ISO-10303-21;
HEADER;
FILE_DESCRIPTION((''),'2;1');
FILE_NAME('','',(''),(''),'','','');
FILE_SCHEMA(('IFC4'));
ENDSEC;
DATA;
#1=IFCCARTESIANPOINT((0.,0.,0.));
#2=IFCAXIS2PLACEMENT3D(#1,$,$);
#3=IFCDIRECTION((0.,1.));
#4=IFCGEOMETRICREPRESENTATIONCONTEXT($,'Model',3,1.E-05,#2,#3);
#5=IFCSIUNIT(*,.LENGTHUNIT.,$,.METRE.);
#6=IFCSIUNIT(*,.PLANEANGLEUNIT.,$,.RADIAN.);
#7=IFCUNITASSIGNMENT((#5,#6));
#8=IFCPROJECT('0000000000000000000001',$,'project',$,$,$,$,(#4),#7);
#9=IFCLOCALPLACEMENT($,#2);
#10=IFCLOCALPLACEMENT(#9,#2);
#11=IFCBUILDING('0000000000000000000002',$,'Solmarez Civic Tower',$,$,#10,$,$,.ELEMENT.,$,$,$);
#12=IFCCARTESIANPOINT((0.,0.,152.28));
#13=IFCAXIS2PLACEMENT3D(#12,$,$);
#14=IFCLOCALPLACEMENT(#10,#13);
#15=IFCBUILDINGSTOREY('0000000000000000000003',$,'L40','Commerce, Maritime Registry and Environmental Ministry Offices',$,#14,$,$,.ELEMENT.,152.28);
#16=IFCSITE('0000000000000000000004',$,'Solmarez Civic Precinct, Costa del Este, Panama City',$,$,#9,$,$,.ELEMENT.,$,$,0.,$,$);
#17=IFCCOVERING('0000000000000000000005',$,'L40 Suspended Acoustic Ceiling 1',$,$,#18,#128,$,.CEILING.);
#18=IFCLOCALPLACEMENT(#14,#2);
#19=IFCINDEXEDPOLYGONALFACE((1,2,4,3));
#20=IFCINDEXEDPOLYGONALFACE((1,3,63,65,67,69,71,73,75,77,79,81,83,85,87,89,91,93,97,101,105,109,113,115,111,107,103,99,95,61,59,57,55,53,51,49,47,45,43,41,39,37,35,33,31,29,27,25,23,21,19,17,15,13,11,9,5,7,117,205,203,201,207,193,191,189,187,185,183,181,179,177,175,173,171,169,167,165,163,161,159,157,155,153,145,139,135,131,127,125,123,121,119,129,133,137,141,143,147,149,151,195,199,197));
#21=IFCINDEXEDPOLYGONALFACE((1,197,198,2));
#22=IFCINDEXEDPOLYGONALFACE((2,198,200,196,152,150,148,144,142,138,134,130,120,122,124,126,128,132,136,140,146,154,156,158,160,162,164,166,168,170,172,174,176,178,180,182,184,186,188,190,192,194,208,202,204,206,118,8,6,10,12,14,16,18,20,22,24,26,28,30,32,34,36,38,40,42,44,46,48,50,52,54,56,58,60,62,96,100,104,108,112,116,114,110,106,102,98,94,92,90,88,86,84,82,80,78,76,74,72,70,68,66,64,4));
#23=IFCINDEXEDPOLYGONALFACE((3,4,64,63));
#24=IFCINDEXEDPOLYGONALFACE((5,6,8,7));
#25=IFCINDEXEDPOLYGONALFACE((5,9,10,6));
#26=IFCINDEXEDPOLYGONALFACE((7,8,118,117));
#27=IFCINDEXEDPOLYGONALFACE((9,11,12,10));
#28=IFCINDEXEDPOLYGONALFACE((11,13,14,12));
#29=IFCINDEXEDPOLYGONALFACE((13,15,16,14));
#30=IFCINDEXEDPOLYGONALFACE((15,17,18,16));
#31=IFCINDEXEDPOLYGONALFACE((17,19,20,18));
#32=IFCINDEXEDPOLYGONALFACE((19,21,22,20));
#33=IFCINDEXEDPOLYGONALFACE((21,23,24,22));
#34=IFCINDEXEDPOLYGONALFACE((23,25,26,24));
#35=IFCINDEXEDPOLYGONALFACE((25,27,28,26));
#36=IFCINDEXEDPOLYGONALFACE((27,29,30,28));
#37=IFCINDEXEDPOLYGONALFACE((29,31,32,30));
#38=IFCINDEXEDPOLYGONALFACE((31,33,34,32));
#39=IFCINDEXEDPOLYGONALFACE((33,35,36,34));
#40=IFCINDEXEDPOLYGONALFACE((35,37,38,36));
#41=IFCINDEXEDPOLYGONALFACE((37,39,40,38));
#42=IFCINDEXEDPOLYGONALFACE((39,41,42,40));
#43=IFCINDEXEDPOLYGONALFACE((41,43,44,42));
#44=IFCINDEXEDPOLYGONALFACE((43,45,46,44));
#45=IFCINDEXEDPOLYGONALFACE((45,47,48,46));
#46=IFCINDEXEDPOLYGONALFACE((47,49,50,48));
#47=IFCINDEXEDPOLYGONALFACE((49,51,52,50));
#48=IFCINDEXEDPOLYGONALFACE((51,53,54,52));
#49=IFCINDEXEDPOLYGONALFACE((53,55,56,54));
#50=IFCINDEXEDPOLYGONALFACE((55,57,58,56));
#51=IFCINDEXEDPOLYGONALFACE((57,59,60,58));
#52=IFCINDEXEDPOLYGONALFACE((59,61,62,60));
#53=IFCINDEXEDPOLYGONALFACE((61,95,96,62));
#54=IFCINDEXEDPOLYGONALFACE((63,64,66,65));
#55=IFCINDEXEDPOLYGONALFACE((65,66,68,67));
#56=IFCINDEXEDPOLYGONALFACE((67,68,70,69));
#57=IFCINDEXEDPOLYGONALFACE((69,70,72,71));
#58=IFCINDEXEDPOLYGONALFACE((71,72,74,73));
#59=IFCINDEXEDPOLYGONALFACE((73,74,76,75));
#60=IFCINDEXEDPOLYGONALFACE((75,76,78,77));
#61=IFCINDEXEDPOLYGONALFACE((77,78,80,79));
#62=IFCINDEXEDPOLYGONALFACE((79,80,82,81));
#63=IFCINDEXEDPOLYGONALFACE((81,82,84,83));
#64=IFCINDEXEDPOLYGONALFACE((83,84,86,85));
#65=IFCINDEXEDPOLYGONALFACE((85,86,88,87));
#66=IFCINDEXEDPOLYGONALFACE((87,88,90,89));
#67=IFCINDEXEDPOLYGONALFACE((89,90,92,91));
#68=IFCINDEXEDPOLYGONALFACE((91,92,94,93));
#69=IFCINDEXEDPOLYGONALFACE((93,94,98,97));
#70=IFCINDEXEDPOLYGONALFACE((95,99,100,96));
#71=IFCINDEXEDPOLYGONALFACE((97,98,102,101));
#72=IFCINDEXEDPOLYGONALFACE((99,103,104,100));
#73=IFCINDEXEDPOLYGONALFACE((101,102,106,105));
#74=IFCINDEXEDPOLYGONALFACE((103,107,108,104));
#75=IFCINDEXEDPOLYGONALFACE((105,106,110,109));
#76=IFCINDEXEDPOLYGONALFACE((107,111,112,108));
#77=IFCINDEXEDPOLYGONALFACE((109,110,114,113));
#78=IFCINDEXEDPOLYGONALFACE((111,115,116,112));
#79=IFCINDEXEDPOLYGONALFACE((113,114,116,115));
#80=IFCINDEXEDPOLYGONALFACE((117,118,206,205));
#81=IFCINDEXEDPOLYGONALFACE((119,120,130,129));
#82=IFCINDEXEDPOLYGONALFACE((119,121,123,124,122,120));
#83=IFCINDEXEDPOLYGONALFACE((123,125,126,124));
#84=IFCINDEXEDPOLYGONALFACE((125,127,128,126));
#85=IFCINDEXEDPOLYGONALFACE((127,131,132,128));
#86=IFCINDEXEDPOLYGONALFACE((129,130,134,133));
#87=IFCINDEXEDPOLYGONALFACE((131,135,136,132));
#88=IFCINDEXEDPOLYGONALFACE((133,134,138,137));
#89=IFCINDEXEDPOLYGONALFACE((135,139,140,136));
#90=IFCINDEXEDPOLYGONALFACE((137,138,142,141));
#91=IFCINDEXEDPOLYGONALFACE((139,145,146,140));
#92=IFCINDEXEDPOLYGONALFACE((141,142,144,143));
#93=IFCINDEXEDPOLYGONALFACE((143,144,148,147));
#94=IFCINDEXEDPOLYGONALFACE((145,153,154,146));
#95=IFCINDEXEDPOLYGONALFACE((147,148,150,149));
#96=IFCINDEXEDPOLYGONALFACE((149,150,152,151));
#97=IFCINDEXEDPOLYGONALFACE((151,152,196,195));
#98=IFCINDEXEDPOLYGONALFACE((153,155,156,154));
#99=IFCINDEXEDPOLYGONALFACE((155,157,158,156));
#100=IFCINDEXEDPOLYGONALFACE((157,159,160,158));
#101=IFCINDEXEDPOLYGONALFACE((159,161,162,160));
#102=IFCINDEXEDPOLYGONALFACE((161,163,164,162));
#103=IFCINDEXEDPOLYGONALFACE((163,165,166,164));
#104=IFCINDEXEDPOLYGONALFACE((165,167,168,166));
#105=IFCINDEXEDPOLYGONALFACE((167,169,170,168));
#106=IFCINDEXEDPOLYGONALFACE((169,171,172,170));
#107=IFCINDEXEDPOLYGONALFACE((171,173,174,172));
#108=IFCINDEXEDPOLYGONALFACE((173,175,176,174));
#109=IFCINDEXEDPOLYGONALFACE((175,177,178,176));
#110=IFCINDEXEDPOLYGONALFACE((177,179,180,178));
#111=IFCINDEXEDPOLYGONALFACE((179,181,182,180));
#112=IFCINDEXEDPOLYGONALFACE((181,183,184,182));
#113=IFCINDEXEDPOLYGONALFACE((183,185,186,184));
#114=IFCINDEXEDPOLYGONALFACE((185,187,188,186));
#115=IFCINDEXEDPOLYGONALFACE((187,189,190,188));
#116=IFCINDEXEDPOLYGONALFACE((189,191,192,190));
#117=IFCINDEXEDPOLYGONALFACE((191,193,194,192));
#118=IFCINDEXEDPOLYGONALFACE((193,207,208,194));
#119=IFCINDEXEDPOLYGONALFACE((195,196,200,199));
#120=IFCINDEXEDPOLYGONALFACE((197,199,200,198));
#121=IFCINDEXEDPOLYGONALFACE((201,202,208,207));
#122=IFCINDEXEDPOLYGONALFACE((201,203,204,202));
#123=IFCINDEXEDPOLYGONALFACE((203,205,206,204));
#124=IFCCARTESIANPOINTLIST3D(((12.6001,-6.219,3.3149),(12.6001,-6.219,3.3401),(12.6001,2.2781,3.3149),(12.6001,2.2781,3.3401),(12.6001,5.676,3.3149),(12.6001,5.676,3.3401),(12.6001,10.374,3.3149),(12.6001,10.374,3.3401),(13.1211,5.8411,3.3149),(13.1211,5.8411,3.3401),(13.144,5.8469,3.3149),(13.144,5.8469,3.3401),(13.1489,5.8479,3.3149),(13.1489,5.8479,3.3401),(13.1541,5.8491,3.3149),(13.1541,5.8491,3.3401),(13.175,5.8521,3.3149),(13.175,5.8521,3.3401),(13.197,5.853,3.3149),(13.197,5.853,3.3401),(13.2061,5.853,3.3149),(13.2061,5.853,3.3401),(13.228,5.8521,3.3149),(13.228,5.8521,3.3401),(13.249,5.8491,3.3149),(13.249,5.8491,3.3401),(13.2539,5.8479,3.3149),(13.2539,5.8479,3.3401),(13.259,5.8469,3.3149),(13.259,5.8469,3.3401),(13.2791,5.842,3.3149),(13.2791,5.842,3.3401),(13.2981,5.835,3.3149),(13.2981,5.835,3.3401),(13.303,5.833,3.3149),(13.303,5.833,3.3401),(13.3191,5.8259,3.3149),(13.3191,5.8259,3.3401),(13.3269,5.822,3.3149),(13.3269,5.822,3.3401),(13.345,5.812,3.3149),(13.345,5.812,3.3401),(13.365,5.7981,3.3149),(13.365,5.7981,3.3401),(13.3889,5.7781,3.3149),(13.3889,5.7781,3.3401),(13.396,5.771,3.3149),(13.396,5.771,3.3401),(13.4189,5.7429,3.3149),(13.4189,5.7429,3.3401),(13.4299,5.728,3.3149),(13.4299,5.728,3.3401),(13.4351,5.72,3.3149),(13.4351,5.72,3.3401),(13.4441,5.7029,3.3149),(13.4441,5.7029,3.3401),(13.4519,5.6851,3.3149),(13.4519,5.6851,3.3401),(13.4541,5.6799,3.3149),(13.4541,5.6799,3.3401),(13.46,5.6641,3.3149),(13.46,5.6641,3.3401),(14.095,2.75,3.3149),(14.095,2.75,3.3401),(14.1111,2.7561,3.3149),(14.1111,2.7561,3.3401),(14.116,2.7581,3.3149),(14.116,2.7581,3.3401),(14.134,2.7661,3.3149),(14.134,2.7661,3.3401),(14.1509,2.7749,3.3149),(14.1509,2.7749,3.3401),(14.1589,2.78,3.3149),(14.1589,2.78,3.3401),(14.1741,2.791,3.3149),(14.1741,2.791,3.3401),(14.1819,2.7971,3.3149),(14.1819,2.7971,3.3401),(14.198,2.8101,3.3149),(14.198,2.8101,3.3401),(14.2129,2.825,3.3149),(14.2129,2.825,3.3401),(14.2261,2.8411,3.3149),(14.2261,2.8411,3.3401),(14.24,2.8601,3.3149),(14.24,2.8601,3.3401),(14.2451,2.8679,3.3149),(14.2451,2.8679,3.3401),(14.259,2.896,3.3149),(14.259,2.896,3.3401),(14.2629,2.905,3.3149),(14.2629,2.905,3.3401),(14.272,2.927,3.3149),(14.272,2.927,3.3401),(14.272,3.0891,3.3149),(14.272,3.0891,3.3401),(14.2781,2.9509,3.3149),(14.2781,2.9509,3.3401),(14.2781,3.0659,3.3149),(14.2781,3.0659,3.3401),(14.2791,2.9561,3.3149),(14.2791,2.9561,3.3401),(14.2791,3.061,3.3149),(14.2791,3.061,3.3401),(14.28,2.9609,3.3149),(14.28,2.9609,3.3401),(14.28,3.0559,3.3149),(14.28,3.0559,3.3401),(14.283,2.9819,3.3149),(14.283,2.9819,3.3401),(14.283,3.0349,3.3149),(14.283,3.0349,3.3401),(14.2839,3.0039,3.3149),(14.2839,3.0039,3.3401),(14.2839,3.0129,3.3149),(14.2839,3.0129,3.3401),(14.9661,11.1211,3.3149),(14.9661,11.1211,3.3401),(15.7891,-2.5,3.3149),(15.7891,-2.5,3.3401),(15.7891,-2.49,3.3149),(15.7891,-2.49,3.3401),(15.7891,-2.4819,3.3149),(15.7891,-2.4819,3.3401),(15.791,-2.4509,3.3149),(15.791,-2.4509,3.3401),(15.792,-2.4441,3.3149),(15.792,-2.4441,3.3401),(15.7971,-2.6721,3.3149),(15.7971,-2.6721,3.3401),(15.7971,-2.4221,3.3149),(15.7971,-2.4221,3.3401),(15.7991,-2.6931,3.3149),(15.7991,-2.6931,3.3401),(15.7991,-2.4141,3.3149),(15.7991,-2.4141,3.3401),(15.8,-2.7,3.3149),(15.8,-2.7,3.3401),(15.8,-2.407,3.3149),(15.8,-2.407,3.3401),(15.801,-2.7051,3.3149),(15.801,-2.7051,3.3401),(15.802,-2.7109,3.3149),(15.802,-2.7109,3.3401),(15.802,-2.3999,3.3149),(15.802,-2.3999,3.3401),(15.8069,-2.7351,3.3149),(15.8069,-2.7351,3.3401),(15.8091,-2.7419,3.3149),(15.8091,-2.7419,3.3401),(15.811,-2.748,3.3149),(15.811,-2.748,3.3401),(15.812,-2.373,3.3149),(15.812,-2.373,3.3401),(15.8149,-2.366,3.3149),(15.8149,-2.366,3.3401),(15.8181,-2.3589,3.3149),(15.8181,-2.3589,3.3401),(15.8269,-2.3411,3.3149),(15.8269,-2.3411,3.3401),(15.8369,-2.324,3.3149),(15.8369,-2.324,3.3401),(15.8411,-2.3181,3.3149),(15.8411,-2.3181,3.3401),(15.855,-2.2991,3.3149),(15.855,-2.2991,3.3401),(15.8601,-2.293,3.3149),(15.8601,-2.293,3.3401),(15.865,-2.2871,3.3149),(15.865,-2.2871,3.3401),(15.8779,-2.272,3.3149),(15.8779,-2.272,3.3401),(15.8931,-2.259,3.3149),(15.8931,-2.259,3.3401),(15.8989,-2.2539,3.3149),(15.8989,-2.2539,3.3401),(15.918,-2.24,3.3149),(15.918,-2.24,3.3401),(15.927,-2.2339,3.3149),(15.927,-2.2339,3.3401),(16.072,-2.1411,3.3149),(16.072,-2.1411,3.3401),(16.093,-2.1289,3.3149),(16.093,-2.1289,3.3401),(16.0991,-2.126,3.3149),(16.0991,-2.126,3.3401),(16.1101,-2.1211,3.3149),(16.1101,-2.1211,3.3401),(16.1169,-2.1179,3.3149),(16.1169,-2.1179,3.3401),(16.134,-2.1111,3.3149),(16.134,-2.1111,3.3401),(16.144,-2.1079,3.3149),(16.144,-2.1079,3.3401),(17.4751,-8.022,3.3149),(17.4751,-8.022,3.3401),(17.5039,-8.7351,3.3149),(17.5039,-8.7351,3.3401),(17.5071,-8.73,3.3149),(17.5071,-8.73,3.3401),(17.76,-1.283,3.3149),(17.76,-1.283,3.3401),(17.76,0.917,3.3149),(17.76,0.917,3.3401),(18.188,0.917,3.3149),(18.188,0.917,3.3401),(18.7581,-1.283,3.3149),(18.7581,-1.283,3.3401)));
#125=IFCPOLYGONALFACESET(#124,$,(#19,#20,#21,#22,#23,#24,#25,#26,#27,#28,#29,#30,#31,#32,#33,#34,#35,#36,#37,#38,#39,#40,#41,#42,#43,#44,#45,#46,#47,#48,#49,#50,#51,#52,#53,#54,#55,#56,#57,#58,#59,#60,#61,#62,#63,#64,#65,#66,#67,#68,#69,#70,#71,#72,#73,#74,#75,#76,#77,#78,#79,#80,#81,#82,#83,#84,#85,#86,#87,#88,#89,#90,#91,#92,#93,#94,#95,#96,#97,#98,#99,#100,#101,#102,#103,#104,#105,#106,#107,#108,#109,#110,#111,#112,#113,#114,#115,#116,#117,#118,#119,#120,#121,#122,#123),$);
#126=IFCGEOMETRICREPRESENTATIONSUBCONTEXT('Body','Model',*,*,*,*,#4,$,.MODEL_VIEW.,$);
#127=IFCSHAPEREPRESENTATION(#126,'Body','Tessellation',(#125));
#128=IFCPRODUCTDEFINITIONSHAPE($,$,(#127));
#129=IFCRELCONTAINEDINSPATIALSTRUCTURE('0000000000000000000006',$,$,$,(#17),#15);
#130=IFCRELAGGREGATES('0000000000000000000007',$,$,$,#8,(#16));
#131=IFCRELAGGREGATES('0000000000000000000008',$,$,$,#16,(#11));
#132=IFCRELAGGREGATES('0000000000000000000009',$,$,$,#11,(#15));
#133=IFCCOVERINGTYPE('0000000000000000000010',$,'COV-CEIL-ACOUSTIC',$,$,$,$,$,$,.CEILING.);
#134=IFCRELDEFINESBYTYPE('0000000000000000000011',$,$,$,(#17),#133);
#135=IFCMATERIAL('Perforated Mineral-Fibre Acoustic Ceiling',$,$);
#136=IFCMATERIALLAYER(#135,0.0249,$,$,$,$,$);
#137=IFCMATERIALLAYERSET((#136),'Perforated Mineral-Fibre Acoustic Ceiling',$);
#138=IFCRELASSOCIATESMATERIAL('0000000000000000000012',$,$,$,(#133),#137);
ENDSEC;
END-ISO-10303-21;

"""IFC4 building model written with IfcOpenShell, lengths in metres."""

from ifc_helpers import new_model, si_unit, direction, frame, origin, place, context, subcontext, project, spatial, polyline, outline, extrude, material, layer, layer_set, type_object, element, save


model = new_model("IFC4")

# Units and contexts
model_context = context("Model", 3, precision=1e-05, world=origin(), true_north=direction((0.0, 1.0)))
body_context = subcontext(model_context, "Body", "Model", "MODEL_VIEW")
ifc_project = project(units=[si_unit("LENGTHUNIT", "METRE"), si_unit("PLANEANGLEUNIT", "RADIAN")], contexts=[model_context])

# Site, building, storey
site_placement = place(None, origin())
site = spatial("IfcSite", under=ifc_project, at=site_placement, Name="Solmarez Civic Precinct, Costa del Este, Panama City", CompositionType="ELEMENT", RefElevation=0.0)
building_placement = place(site_placement, origin())
building = spatial("IfcBuilding", under=site, at=building_placement, Name="Solmarez Civic Tower", CompositionType="ELEMENT")
storey_placement = place(building_placement, frame((0.0, 0.0, 152.28)))
storey = spatial("IfcBuildingStorey", under=building, at=storey_placement, Name="L40", Description="Commerce, Maritime Registry and Environmental Ministry Offices", CompositionType="ELEMENT", Elevation=152.28)

# Covering
ifc_material_1 = material(Name="Perforated Mineral-Fibre Acoustic Ceiling")
ifc_layer_1 = layer(ifc_material_1, 0.0249)
ifc_layer_set_1 = layer_set([ifc_layer_1], Name="Perforated Mineral-Fibre Acoustic Ceiling")
covering_type_1 = type_object("IfcCoveringType", Name="COV-CEIL-ACOUSTIC", PredefinedType="CEILING", material=ifc_layer_set_1)
covering_1_placement = place(storey_placement, frame((0.0, 0.0, 3.3149)))
element("IfcCovering", 1, at=covering_1_placement, inside=storey, type_object=covering_type_1, Name="L40 Suspended Acoustic Ceiling 1", PredefinedType="CEILING", context=body_context, shape_type="SweptSolid", body=[
    extrude(outline(polyline([(12.6001, 10.374), (12.6001, 5.676), (13.1211, 5.8411), (13.144, 5.8469), (13.1489, 5.8479), (13.1541, 5.8491), (13.175, 5.8521), (13.197, 5.853), (13.2061, 5.853), (13.228, 5.8521), (13.249, 5.8491), (13.2539, 5.8479), (13.259, 5.8469), (13.2791, 5.842), (13.2981, 5.835), (13.303, 5.833), (13.3191, 5.8259), (13.3269, 5.822), (13.345, 5.812), (13.365, 5.7981), (13.3889, 5.7781), (13.396, 5.771), (13.4189, 5.7429), (13.4299, 5.728), (13.4351, 5.72), (13.4441, 5.7029), (13.4519, 5.6851), (13.4541, 5.6799), (13.46, 5.6641), (14.272, 3.0891), (14.2781, 3.0659), (14.2791, 3.061), (14.28, 3.0559), (14.283, 3.0349), (14.2839, 3.0129), (14.2839, 3.0039), (14.283, 2.9819), (14.28, 2.9609), (14.2791, 2.9561), (14.2781, 2.9509), (14.272, 2.927), (14.2629, 2.905), (14.259, 2.896), (14.2451, 2.8679), (14.24, 2.8601), (14.2261, 2.8411), (14.2129, 2.825), (14.198, 2.8101), (14.1819, 2.7971), (14.1741, 2.791), (14.1589, 2.78), (14.1509, 2.7749), (14.134, 2.7661), (14.116, 2.7581), (14.1111, 2.7561), (14.095, 2.75), (12.6001, 2.2781), (12.6001, -6.219), (17.5039, -8.7351), (17.5071, -8.73), (17.4751, -8.022), (15.811, -2.748), (15.8091, -2.7419), (15.8069, -2.7351), (15.802, -2.7109), (15.801, -2.7051), (15.8, -2.7), (15.7991, -2.6931), (15.7971, -2.6721), (15.7891, -2.5), (15.7891, -2.49), (15.7891, -2.4819), (15.791, -2.4509), (15.792, -2.4441), (15.7971, -2.4221), (15.7991, -2.4141), (15.8, -2.407), (15.802, -2.3999), (15.812, -2.373), (15.8149, -2.366), (15.8181, -2.3589), (15.8269, -2.3411), (15.8369, -2.324), (15.8411, -2.3181), (15.855, -2.2991), (15.8601, -2.293), (15.865, -2.2871), (15.8779, -2.272), (15.8931, -2.259), (15.8989, -2.2539), (15.918, -2.24), (15.927, -2.2339), (16.072, -2.1411), (16.093, -2.1289), (16.0991, -2.126), (16.1101, -2.1211), (16.1169, -2.1179), (16.134, -2.1111), (16.144, -2.1079), (18.7581, -1.283), (17.76, -1.283), (17.76, 0.917), (18.188, 0.917), (14.9661, 11.1211), (12.6001, 10.374)])), origin(), (0.0, 0.0, 1.0), 0.0251),
])

save(model, "model.ifc")
